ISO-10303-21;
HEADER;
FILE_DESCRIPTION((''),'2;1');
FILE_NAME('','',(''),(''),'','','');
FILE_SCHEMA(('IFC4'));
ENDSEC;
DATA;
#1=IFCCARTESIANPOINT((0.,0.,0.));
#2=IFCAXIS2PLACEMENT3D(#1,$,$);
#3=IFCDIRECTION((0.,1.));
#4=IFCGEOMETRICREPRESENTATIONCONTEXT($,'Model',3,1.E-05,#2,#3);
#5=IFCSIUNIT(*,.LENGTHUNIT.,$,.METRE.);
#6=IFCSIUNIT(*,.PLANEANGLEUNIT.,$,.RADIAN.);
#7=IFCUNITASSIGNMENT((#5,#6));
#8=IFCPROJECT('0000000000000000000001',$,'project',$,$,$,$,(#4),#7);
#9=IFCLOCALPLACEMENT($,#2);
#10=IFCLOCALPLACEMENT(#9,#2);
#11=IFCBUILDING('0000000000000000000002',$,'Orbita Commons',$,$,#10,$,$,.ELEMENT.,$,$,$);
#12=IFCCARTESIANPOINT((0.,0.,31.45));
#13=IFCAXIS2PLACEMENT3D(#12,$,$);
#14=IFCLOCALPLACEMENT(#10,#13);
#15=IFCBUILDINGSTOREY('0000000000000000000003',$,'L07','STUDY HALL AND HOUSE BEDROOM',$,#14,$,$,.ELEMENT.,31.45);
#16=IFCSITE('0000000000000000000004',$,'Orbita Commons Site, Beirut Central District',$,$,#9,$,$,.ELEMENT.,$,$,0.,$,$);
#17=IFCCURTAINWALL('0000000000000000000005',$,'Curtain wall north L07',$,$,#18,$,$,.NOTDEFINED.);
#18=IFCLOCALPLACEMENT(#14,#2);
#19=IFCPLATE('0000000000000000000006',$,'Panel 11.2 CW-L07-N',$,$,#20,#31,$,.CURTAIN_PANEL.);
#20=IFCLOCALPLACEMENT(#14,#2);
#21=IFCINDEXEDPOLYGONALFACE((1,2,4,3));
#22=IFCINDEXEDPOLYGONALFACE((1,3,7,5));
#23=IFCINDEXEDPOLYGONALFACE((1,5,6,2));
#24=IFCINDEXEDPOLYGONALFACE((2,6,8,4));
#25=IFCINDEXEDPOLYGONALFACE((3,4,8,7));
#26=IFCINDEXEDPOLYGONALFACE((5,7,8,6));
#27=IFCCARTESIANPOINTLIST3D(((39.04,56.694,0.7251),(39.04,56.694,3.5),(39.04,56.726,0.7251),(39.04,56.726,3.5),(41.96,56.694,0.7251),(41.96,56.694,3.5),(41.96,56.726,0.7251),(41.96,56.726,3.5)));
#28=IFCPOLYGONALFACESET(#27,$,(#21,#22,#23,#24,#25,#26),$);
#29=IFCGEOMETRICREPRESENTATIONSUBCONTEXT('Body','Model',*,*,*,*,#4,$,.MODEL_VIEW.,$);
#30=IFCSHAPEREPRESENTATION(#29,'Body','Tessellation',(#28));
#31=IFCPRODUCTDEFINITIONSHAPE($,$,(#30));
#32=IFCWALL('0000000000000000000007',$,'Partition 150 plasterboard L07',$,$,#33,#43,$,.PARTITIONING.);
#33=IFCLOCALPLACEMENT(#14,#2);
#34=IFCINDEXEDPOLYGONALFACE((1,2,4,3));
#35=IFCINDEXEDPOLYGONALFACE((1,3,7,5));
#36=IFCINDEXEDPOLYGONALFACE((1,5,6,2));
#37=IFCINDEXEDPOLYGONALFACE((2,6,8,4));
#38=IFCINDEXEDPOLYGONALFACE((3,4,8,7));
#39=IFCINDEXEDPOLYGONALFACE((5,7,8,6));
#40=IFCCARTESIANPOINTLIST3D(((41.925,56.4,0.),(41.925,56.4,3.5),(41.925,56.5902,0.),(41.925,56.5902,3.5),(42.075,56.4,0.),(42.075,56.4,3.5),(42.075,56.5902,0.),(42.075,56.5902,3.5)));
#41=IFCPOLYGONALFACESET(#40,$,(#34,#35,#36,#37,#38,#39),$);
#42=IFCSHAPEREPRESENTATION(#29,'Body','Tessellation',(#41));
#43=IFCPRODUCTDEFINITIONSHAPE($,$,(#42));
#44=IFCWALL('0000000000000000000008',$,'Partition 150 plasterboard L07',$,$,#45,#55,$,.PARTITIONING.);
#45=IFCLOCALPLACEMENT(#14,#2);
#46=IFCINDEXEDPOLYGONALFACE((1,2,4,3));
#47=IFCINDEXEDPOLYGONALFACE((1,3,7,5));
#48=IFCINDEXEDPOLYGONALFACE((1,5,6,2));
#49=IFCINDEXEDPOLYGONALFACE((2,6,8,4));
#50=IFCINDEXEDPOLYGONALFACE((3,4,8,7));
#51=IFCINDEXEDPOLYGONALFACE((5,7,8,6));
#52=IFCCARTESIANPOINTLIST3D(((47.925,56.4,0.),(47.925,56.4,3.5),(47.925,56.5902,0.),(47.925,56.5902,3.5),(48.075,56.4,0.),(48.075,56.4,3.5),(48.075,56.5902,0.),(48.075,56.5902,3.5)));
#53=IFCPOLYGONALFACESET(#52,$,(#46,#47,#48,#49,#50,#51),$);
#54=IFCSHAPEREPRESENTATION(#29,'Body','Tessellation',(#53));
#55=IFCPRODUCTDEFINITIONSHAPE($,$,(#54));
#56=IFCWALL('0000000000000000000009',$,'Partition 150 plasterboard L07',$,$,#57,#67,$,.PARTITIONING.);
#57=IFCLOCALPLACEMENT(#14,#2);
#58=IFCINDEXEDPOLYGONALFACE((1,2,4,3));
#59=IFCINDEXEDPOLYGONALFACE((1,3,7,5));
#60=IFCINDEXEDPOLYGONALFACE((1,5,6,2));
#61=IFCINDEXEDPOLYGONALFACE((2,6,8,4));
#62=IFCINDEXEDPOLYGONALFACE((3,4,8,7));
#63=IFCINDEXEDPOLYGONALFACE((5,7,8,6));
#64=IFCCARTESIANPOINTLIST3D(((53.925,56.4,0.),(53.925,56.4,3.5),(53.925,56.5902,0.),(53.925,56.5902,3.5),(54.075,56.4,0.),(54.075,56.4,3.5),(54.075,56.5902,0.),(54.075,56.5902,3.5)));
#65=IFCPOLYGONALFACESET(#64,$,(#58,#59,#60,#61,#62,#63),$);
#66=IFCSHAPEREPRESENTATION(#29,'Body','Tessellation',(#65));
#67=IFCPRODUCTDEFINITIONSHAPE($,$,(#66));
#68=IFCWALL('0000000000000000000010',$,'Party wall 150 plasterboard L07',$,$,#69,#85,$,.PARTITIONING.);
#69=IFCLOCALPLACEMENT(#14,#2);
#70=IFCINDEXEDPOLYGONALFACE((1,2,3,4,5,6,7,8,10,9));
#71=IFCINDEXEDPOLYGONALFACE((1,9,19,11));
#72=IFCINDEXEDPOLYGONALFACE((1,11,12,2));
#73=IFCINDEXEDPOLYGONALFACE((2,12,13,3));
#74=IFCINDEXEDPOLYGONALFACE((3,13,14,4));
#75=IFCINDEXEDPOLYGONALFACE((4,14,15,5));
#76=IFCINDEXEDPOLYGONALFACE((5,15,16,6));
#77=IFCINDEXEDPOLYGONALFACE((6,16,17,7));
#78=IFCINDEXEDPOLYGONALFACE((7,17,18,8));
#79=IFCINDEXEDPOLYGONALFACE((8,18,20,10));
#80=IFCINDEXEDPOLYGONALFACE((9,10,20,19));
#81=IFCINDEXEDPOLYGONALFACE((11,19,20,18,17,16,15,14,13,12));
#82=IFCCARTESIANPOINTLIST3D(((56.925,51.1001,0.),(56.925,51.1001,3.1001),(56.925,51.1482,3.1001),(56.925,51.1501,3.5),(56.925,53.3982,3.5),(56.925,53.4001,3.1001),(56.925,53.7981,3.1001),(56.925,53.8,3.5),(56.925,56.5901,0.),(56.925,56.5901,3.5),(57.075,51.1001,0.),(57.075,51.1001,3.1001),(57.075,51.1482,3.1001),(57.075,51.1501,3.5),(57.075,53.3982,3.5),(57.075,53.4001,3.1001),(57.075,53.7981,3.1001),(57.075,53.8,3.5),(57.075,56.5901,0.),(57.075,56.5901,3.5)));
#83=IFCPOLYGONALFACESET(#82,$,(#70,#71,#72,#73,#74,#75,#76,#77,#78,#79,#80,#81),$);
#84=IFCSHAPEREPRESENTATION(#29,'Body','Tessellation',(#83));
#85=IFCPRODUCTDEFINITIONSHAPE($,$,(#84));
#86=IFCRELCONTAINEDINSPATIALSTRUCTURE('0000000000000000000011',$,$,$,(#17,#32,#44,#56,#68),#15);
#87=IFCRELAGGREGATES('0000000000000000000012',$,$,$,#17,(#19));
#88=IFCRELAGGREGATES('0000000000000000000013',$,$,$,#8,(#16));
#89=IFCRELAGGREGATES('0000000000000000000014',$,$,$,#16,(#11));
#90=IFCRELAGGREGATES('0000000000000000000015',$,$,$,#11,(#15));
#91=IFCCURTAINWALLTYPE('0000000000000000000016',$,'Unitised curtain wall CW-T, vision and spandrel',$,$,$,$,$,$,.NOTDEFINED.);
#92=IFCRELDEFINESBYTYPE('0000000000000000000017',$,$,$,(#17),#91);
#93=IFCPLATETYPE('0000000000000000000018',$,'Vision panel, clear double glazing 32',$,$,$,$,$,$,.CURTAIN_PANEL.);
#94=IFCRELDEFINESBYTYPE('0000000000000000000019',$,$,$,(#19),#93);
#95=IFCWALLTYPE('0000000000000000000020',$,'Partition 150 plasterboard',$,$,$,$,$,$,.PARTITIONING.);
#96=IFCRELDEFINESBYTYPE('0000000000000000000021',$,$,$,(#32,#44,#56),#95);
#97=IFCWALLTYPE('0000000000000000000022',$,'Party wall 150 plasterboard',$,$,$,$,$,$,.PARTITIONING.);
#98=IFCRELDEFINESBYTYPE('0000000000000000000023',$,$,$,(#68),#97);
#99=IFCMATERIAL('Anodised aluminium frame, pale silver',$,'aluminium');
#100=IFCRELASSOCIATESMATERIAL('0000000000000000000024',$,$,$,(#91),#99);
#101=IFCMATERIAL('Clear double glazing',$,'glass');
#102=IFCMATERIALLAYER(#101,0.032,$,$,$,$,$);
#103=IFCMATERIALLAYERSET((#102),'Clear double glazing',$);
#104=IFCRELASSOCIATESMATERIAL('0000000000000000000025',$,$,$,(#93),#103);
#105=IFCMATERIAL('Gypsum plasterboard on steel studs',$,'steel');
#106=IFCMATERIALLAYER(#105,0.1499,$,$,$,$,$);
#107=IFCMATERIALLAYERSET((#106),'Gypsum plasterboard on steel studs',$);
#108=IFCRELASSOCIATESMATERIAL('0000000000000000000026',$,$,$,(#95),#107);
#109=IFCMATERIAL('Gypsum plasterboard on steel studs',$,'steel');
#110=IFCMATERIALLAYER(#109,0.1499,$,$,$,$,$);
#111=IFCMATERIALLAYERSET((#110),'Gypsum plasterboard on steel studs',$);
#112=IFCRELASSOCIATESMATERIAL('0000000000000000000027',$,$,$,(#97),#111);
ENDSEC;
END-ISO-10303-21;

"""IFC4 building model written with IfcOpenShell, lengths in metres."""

from ifc_helpers import new_model, si_unit, direction, frame, frame_2d, origin, origin_2d, place, context, subcontext, project, spatial, polyline, rectangle, outline, extrude, material, layer, layer_set, type_object, element, aggregate, save


model = new_model("IFC4")

# Units and contexts
model_context = context("Model", 3, precision=1e-05, world=origin(), true_north=direction((0.0, 1.0)))
body_context = subcontext(model_context, "Body", "Model", "MODEL_VIEW")
ifc_project = project(units=[si_unit("LENGTHUNIT", "METRE"), si_unit("PLANEANGLEUNIT", "RADIAN")], contexts=[model_context])

# Site, building, storey
site_placement = place(None, origin())
site = spatial("IfcSite", under=ifc_project, at=site_placement, Name="Orbita Commons Site, Beirut Central District", CompositionType="ELEMENT", RefElevation=0.0)
building_placement = place(site_placement, origin())
building = spatial("IfcBuilding", under=site, at=building_placement, Name="Orbita Commons", CompositionType="ELEMENT")
storey_placement = place(building_placement, frame((0.0, 0.0, 31.45)))
storey = spatial("IfcBuildingStorey", under=building, at=storey_placement, Name="L07", Description="STUDY HALL AND HOUSE BEDROOM", CompositionType="ELEMENT", Elevation=31.45)

# Curtain wall
ifc_material_1 = material(Name="Anodised aluminium frame, pale silver", Category="aluminium")
curtain_wall_type = type_object("IfcCurtainWallType", Name="Unitised curtain wall CW-T, vision and spandrel", PredefinedType="NOTDEFINED", material=ifc_material_1)
curtain_wall_placement = place(storey_placement, origin())
curtain_wall = element("IfcCurtainWall", 1, at=curtain_wall_placement, inside=storey, type_object=curtain_wall_type, Name="Curtain wall north L07", PredefinedType="NOTDEFINED")

# Plate
ifc_material_2 = material(Name="Clear double glazing", Category="glass")
ifc_layer_1 = layer(ifc_material_2, 0.032)
ifc_layer_set_1 = layer_set([ifc_layer_1], Name="Clear double glazing")
plate_type_1 = type_object("IfcPlateType", Name="Vision panel, clear double glazing 32", PredefinedType="CURTAIN_PANEL", material=ifc_layer_set_1)
plate_1_placement = place(storey_placement, frame((40.5, 56.71, 0.7251), z_axis=(0.0, 0.0, 1.0), x_axis=(-1.0, 0.0, 0.0)))
plate_1 = element("IfcPlate", 2, at=plate_1_placement, type_object=plate_type_1, Name="Panel 11.2 CW-L07-N", PredefinedType="CURTAIN_PANEL", context=body_context, shape_type="SweptSolid", body=[
    extrude(rectangle(XDim=2.9199, YDim=0.032, at=origin_2d()), origin(), (0.0, 0.0, 1.0), 2.7749),
])
aggregate(curtain_wall, [plate_1])

# Walls
ifc_material_3 = material(Name="Gypsum plasterboard on steel studs", Category="steel")
ifc_layer_2 = layer(ifc_material_3, 0.1499)
ifc_layer_set_2 = layer_set([ifc_layer_2], Name="Gypsum plasterboard on steel studs")
wall_type_1 = type_object("IfcWallType", Name="Partition 150 plasterboard", PredefinedType="PARTITIONING", material=ifc_layer_set_2)
for number, where, z_axis, x_axis, name in (
    (3, (42.0, 56.3999, 0.0), (0.0, 0.0, 1.0), (0.0, 1.0, 0.0), "Partition 150 plasterboard L07"),
    (4, (48.0, 56.3999, 0.0), (0.0, 0.0, 1.0), (0.0, 1.0, 0.0), "Partition 150 plasterboard L07"),
    (5, (54.0, 56.3999, 0.0), (0.0, 0.0, 1.0), (0.0, 1.0, 0.0), "Partition 150 plasterboard L07"),
):
    element("IfcWall", number, at=place(storey_placement, frame(where, z_axis=z_axis, x_axis=x_axis)), inside=storey, type_object=wall_type_1, Name=name, PredefinedType="PARTITIONING", context=body_context, shape_type="SweptSolid", body=[
        extrude(rectangle(XDim=0.1902, YDim=0.1499, at=frame_2d((0.0952, 0.0))), origin(), (0.0, 0.0, 1.0), 3.5),
    ])
ifc_material_4 = material(Name="Gypsum plasterboard on steel studs", Category="steel")
ifc_layer_3 = layer(ifc_material_4, 0.1499)
ifc_layer_set_3 = layer_set([ifc_layer_3], Name="Gypsum plasterboard on steel studs")
wall_type_2 = type_object("IfcWallType", Name="Party wall 150 plasterboard", PredefinedType="PARTITIONING", material=ifc_layer_set_3)
wall_placement = place(storey_placement, frame((57.0, 56.5901, 0.0), z_axis=(0.0, 0.0, 1.0), x_axis=(0.0, -1.0, 0.0)))
element("IfcWall", 6, at=wall_placement, inside=storey, type_object=wall_type_2, Name="Party wall 150 plasterboard L07", PredefinedType="PARTITIONING", context=body_context, shape_type="SweptSolid", body=[
    extrude(outline(polyline([(0.0, 0.0), (5.49, 0.0), (5.49, 3.1001), (5.4419, 3.1001), (5.4399, 3.5), (3.1919, 3.5), (3.1899, 3.1001), (2.792, 3.1001), (2.79, 3.5), (0.0, 3.5), (0.0, 0.0)])), frame((0.0, 0.075, 0.0), z_axis=(0.0, -1.0, 0.0), x_axis=(1.0, 0.0, 0.0)), (0.0, 0.0, 1.0), 0.1499),
])

save(model, "model.ifc")
